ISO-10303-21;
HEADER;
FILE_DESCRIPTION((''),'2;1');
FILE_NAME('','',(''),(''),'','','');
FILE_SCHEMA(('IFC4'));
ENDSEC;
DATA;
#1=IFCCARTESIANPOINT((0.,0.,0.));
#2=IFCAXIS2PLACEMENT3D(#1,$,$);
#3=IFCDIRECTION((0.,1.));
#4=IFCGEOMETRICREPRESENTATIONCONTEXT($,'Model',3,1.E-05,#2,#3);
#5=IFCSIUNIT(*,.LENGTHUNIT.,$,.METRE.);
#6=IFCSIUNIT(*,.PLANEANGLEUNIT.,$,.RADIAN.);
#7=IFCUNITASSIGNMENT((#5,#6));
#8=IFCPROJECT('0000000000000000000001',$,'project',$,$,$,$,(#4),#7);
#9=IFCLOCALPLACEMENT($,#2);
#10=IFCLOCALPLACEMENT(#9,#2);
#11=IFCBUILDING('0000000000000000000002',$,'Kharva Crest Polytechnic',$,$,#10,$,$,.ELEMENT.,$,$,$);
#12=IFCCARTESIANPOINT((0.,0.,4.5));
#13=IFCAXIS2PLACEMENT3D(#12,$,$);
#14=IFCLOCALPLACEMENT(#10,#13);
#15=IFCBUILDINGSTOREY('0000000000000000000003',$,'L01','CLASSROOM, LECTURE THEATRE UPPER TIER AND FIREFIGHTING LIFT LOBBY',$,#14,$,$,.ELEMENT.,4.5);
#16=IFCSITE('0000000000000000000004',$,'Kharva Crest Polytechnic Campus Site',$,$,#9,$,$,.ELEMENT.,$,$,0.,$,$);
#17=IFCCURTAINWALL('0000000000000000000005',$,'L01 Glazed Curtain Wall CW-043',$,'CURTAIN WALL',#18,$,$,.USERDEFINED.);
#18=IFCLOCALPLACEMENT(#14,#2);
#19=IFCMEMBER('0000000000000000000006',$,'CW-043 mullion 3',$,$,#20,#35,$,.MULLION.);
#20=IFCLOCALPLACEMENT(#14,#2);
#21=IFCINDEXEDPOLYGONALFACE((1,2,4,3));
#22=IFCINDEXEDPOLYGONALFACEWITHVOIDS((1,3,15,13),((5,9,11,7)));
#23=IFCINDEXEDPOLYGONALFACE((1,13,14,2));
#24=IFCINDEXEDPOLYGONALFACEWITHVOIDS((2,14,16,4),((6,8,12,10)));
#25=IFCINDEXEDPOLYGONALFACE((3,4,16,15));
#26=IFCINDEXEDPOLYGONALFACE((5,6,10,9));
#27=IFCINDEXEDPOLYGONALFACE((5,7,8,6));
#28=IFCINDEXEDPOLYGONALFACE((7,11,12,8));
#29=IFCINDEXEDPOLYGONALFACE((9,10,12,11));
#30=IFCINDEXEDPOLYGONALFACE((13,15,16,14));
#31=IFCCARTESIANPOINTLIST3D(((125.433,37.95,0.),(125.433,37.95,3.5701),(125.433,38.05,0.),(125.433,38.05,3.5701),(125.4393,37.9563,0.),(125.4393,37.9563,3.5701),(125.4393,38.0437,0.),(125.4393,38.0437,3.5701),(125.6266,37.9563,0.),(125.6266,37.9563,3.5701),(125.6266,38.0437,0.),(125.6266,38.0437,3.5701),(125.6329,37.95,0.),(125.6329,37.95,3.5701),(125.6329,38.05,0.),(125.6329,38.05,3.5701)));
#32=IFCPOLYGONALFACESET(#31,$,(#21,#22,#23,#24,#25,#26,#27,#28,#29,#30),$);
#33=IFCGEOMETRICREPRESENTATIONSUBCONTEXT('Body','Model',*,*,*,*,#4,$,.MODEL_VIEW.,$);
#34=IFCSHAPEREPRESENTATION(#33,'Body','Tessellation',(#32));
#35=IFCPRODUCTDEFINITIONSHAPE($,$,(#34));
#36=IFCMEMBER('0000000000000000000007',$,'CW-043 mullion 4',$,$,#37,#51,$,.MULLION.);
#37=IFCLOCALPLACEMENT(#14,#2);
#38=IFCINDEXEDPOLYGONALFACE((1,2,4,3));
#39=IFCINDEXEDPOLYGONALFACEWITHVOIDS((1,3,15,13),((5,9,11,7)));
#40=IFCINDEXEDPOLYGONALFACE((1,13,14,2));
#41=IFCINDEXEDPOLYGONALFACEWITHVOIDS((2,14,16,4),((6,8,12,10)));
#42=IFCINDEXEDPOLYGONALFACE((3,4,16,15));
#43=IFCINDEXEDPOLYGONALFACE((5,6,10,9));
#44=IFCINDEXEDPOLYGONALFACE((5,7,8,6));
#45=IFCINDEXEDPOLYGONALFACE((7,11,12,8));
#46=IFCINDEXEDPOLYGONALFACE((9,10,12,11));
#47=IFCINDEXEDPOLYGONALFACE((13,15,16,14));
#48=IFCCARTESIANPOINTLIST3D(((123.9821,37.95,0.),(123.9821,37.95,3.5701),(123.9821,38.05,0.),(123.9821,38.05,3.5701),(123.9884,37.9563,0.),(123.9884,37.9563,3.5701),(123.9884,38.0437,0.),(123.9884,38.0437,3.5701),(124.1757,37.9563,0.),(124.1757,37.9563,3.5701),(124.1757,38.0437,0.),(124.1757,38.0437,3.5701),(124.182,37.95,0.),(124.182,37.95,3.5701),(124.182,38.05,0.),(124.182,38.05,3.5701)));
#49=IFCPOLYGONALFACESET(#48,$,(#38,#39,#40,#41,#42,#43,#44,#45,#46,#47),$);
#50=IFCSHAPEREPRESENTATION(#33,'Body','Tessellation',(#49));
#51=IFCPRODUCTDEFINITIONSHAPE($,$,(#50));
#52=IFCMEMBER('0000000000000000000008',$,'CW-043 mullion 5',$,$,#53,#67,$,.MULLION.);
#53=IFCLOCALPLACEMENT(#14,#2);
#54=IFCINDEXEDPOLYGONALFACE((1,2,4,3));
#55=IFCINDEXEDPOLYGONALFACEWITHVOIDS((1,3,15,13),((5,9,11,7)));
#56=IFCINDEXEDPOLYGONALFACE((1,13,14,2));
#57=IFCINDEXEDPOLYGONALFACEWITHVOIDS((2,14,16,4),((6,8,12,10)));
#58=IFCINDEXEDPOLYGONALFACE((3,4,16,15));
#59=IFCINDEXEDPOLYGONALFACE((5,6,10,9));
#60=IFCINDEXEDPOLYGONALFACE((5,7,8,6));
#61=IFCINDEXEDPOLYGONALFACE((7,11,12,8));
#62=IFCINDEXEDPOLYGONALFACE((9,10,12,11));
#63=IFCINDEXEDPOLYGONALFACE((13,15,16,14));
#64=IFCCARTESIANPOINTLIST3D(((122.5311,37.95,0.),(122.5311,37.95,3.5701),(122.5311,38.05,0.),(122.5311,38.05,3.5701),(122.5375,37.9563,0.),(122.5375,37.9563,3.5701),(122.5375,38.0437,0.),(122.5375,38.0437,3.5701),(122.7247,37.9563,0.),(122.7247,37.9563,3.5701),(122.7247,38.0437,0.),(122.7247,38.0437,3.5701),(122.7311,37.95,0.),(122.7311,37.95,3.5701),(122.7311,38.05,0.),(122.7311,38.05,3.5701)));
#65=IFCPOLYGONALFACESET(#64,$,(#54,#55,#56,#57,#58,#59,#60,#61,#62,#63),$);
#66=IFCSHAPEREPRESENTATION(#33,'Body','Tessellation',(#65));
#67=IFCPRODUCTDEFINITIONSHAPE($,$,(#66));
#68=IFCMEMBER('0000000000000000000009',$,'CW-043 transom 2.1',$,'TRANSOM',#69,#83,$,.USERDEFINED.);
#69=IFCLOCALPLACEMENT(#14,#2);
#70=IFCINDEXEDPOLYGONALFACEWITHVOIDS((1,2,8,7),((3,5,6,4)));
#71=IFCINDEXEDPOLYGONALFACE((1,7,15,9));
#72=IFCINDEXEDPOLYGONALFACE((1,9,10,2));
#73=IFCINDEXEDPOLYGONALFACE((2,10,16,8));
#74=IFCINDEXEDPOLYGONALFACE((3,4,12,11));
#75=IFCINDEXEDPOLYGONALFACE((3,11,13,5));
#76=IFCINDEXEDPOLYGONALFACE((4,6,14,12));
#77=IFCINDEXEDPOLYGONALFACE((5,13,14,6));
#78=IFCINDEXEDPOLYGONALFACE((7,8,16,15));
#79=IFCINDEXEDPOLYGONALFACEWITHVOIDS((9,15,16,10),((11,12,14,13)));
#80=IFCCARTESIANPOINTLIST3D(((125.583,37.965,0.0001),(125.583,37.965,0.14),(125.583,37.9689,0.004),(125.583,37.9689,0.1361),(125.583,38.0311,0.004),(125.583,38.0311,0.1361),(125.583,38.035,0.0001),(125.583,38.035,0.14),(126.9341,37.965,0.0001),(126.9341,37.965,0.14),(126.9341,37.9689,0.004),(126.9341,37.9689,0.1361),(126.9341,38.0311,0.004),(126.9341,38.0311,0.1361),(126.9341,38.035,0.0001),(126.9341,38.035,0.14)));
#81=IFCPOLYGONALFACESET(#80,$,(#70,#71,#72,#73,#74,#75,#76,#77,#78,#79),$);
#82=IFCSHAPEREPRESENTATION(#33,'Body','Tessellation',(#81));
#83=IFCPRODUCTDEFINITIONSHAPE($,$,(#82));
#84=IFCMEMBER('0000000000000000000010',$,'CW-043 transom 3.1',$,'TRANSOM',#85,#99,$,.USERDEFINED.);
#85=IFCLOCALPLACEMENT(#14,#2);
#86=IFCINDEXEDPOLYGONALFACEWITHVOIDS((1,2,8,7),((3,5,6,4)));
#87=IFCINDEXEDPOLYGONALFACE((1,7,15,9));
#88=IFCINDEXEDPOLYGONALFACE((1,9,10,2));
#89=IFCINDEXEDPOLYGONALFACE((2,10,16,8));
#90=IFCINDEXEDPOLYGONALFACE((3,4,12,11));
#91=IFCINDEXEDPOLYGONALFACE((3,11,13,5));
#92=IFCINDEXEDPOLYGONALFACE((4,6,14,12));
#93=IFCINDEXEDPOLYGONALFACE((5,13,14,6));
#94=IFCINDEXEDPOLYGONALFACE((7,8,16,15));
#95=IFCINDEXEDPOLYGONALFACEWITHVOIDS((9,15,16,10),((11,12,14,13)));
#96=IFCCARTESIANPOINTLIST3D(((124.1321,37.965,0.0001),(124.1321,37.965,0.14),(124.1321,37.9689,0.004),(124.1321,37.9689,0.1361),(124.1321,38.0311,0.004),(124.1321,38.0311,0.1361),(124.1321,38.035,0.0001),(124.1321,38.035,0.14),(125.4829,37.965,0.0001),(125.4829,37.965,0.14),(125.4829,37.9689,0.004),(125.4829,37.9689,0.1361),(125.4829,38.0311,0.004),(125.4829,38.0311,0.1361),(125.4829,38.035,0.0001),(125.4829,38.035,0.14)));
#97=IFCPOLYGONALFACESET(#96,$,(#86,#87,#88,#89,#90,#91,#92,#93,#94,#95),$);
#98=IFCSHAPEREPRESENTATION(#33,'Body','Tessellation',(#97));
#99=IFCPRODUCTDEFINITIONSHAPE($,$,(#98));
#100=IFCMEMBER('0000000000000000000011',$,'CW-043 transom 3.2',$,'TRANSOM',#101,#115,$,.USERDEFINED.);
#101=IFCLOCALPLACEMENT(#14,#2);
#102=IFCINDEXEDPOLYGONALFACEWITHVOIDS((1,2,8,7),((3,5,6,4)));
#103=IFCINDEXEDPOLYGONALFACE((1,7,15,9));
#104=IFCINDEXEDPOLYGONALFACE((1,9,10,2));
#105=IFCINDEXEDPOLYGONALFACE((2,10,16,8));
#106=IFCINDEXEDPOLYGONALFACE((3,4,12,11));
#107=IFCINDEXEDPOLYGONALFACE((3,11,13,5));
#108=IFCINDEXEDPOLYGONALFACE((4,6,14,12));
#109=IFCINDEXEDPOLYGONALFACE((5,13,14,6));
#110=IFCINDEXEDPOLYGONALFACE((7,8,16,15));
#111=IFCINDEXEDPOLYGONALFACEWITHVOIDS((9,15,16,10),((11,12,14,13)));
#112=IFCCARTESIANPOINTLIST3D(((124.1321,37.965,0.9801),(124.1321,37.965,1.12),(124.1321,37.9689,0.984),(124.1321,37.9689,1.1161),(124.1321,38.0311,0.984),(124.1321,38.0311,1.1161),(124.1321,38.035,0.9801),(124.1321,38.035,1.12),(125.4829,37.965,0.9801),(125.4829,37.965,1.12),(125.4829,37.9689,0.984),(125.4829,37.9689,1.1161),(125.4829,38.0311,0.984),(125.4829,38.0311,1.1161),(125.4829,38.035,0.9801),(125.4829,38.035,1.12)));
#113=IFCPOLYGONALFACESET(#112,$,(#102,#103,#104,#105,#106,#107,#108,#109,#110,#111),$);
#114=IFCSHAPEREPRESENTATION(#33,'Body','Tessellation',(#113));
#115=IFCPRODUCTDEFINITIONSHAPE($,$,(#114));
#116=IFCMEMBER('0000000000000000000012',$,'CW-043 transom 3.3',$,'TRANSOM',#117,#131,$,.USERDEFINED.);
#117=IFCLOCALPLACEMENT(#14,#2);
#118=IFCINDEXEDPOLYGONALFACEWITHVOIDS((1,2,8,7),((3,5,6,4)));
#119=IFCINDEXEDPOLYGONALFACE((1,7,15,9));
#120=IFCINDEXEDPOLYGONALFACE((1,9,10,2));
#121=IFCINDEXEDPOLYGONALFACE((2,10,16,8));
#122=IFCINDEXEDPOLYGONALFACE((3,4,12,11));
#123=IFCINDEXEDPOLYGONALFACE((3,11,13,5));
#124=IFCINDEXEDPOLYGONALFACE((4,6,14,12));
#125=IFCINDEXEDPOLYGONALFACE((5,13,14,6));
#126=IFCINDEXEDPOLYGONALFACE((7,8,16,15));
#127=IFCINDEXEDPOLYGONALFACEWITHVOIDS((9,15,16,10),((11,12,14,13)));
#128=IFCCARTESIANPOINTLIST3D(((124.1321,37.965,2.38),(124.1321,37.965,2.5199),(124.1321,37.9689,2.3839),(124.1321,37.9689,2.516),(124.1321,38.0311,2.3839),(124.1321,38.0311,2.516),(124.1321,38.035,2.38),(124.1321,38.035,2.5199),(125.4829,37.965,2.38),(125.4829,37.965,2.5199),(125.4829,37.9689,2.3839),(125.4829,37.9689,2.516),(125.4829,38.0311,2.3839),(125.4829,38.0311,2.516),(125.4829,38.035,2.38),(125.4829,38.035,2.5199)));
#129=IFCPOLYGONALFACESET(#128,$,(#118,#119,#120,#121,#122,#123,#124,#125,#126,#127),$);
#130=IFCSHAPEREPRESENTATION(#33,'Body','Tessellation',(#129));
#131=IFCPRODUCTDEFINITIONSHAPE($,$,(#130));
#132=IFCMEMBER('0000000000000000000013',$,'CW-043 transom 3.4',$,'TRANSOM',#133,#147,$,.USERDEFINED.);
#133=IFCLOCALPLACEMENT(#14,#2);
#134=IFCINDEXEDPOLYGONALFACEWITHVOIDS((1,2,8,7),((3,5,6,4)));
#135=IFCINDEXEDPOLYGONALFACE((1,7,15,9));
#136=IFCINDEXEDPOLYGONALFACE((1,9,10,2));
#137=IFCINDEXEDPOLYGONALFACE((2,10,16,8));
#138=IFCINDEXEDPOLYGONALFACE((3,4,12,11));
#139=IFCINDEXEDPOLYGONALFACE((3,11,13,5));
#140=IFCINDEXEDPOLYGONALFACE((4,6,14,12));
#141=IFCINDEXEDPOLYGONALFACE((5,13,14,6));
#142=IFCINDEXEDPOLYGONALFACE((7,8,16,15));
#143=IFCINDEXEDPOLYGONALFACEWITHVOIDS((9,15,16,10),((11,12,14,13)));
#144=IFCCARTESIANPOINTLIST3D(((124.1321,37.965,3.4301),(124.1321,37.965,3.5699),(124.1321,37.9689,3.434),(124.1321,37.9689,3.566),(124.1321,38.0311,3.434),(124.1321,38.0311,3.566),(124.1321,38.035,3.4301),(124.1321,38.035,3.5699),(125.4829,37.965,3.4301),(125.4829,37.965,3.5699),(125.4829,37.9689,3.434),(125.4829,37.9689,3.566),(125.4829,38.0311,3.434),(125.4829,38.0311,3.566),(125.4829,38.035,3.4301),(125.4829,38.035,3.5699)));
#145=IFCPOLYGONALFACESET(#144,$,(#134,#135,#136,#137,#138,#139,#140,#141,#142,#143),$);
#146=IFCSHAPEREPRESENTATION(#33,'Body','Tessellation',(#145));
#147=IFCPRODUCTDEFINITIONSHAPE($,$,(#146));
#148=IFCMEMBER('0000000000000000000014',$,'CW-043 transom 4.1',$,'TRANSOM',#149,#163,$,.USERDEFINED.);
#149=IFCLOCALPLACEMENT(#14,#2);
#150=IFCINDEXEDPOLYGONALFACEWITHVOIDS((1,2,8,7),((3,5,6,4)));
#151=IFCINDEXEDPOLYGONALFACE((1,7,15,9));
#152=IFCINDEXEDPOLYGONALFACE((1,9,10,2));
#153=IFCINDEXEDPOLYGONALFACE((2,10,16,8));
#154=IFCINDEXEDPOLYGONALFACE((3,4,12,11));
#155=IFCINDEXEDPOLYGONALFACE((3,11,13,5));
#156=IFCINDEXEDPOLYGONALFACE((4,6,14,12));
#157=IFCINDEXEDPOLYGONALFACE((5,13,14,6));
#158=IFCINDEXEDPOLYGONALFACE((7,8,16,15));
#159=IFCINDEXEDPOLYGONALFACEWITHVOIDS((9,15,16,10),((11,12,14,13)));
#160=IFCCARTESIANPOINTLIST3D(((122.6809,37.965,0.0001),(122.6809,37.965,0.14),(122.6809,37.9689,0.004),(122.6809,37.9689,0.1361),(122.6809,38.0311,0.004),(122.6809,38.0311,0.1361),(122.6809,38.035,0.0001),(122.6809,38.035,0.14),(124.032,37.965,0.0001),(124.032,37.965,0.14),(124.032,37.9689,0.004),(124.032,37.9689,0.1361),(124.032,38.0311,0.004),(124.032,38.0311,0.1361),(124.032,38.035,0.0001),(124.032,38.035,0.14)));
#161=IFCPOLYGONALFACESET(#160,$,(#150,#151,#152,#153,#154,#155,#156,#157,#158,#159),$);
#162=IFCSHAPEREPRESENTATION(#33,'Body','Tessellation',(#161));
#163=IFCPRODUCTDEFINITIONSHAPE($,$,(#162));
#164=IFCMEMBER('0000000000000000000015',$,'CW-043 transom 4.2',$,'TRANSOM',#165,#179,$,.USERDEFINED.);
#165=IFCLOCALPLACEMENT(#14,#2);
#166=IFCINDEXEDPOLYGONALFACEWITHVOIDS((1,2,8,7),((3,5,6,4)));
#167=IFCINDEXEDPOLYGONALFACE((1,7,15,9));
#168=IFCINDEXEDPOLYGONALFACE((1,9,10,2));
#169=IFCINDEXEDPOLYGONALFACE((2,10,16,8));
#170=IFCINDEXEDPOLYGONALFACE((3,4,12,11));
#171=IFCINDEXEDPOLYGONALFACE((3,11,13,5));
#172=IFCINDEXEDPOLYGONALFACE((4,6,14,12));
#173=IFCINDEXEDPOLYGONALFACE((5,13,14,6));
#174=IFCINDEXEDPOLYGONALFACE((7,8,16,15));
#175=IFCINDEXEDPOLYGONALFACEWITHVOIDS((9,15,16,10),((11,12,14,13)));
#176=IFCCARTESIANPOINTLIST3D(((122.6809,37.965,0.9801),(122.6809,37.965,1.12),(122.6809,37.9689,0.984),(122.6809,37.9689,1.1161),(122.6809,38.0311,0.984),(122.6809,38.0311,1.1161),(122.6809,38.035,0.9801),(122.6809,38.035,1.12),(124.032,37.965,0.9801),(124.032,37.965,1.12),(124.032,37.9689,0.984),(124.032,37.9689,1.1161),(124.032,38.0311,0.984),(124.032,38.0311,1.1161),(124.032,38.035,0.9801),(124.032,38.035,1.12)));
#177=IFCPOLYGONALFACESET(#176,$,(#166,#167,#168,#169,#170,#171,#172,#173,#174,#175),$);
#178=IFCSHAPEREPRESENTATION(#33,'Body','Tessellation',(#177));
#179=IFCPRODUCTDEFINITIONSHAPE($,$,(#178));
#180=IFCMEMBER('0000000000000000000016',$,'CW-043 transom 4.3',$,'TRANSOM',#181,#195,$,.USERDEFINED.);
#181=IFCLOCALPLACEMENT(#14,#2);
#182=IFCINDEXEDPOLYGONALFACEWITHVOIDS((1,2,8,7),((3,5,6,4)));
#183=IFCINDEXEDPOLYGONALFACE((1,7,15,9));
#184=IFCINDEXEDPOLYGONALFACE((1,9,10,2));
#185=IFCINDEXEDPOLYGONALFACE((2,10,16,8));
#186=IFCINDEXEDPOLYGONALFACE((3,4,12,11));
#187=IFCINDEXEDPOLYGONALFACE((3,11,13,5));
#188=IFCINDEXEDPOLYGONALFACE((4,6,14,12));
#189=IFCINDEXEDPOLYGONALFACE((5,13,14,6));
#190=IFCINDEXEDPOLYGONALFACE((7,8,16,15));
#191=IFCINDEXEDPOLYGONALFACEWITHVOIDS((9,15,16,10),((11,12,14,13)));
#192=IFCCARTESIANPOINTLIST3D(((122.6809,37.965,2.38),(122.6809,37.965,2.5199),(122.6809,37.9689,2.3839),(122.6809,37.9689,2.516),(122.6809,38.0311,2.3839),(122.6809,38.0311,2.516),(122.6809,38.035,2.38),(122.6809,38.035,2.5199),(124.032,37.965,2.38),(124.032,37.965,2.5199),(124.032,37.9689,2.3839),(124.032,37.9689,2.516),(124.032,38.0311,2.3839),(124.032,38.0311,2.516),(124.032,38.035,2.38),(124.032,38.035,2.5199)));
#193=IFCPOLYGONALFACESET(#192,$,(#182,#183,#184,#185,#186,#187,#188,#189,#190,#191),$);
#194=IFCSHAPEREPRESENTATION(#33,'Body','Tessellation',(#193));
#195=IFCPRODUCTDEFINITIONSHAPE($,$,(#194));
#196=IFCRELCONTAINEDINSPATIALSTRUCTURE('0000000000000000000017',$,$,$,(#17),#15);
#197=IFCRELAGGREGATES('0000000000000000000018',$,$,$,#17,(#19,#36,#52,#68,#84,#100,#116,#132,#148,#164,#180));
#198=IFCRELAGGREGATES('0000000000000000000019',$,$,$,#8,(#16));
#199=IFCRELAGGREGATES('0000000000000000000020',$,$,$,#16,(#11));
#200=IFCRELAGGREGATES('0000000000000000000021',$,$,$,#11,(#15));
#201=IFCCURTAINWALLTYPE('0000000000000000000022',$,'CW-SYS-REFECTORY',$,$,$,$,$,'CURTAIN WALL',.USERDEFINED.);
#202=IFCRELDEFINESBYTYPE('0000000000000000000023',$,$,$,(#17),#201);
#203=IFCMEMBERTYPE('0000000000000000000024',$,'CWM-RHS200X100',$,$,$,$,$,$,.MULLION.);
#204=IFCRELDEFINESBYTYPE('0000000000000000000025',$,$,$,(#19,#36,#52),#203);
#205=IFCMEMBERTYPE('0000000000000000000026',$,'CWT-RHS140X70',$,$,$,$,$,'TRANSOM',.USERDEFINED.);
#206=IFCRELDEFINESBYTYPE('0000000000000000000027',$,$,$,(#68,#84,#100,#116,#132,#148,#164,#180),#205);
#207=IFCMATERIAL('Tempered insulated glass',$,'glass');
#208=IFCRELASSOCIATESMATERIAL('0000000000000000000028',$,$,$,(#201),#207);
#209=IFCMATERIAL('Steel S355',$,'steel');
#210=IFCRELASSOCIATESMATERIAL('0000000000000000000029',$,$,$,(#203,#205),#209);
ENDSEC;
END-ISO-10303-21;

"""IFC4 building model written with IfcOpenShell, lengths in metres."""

from ifc_helpers import new_model, si_unit, direction, frame, origin, origin_2d, place, context, subcontext, project, spatial, hollow_rectangle, extrude, material, material_profile, profile_set, type_object, element, aggregate, save


model = new_model("IFC4")

# Units and contexts
model_context = context("Model", 3, precision=1e-05, world=origin(), true_north=direction((0.0, 1.0)))
body_context = subcontext(model_context, "Body", "Model", "MODEL_VIEW")
ifc_project = project(units=[si_unit("LENGTHUNIT", "METRE"), si_unit("PLANEANGLEUNIT", "RADIAN")], contexts=[model_context])

# Site, building, storey
site_placement = place(None, origin())
site = spatial("IfcSite", under=ifc_project, at=site_placement, Name="Kharva Crest Polytechnic Campus Site", CompositionType="ELEMENT", RefElevation=0.0)
building_placement = place(site_placement, origin())
building = spatial("IfcBuilding", under=site, at=building_placement, Name="Kharva Crest Polytechnic", CompositionType="ELEMENT")
storey_placement = place(building_placement, frame((0.0, 0.0, 4.5)))
storey = spatial("IfcBuildingStorey", under=building, at=storey_placement, Name="L01", Description="CLASSROOM, LECTURE THEATRE UPPER TIER AND FIREFIGHTING LIFT LOBBY", CompositionType="ELEMENT", Elevation=4.5)

# Curtain wall, members
ifc_material_1 = material(Name="Tempered insulated glass", Category="glass")
curtain_wall_type = type_object("IfcCurtainWallType", Name="CW-SYS-REFECTORY", ElementType="CURTAIN WALL", PredefinedType="USERDEFINED", material=ifc_material_1)
curtain_wall_placement = place(storey_placement, origin())
curtain_wall = element("IfcCurtainWall", 1, at=curtain_wall_placement, inside=storey, type_object=curtain_wall_type, Name="L01 Glazed Curtain Wall CW-043", ObjectType="CURTAIN WALL", PredefinedType="USERDEFINED")
ifc_material_2 = material(Name="Steel S355", Category="steel")
ifc_material_profile_1 = material_profile(ifc_material_2, hollow_rectangle(XDim=0.1001, YDim=0.2, WallThickness=0.0063, at=origin_2d()), Name="RHS 200X100X6.3")
ifc_profile_set_1 = profile_set([ifc_material_profile_1], Name="Steel S355")
member_type_1 = type_object("IfcMemberType", Name="CWM-RHS200X100", PredefinedType="MULLION", material=ifc_profile_set_1)
member_1_placement = place(storey_placement, frame((125.533, 38.0, 0.0), z_axis=(0.0, 0.0, 1.0), x_axis=(0.0, -1.0, 0.0)))
member_1 = element("IfcMember", 2, at=member_1_placement, type_object=member_type_1, Name="CW-043 mullion 3", PredefinedType="MULLION", context=body_context, shape_type="SweptSolid", body=[
    extrude(hollow_rectangle(XDim=0.1001, YDim=0.2, WallThickness=0.0063, at=origin_2d()), origin(), (0.0, 0.0, 1.0), 3.5701),
])
member_2_placement = place(storey_placement, frame((124.082, 38.0, 0.0), z_axis=(0.0, 0.0, 1.0), x_axis=(0.0, -1.0, 0.0)))
member_2 = element("IfcMember", 3, at=member_2_placement, type_object=member_type_1, Name="CW-043 mullion 4", PredefinedType="MULLION", context=body_context, shape_type="SweptSolid", body=[
    extrude(hollow_rectangle(XDim=0.1001, YDim=0.2, WallThickness=0.0063, at=origin_2d()), origin(), (0.0, 0.0, 1.0), 3.5701),
])
member_3_placement = place(storey_placement, frame((122.6311, 38.0, 0.0), z_axis=(0.0, 0.0, 1.0), x_axis=(0.0, -1.0, 0.0)))
member_3 = element("IfcMember", 4, at=member_3_placement, type_object=member_type_1, Name="CW-043 mullion 5", PredefinedType="MULLION", context=body_context, shape_type="SweptSolid", body=[
    extrude(hollow_rectangle(XDim=0.1001, YDim=0.2, WallThickness=0.0063, at=origin_2d()), origin(), (0.0, 0.0, 1.0), 3.5701),
])
ifc_material_profile_2 = material_profile(ifc_material_2, hollow_rectangle(XDim=0.0701, YDim=0.1399, WallThickness=0.0039, at=origin_2d()), Name="RHS 140X70X4.0")
ifc_profile_set_2 = profile_set([ifc_material_profile_2], Name="Steel S355")
member_type_2 = type_object("IfcMemberType", Name="CWT-RHS140X70", ElementType="TRANSOM", PredefinedType="USERDEFINED", material=ifc_profile_set_2)
member_4_placement = place(storey_placement, frame((126.9341, 38.0, 0.0701), z_axis=(-1.0, 0.0, 0.0), x_axis=(0.0, -1.0, 0.0)))
member_4 = element("IfcMember", 5, at=member_4_placement, type_object=member_type_2, Name="CW-043 transom 2.1", ObjectType="TRANSOM", PredefinedType="USERDEFINED", context=body_context, shape_type="SweptSolid", body=[
    extrude(hollow_rectangle(XDim=0.0701, YDim=0.1399, WallThickness=0.0039, at=origin_2d()), origin(), (0.0, 0.0, 1.0), 1.3511),
])
member_5_placement = place(storey_placement, frame((125.4829, 38.0, 0.0701), z_axis=(-1.0, 0.0, 0.0), x_axis=(0.0, -1.0, 0.0)))
member_5 = element("IfcMember", 6, at=member_5_placement, type_object=member_type_2, Name="CW-043 transom 3.1", ObjectType="TRANSOM", PredefinedType="USERDEFINED", context=body_context, shape_type="SweptSolid", body=[
    extrude(hollow_rectangle(XDim=0.0701, YDim=0.1399, WallThickness=0.0039, at=origin_2d()), origin(), (0.0, 0.0, 1.0), 1.3508),
])
member_6_placement = place(storey_placement, frame((125.4829, 38.0, 1.05), z_axis=(-1.0, 0.0, 0.0), x_axis=(0.0, -1.0, 0.0)))
member_6 = element("IfcMember", 7, at=member_6_placement, type_object=member_type_2, Name="CW-043 transom 3.2", ObjectType="TRANSOM", PredefinedType="USERDEFINED", context=body_context, shape_type="SweptSolid", body=[
    extrude(hollow_rectangle(XDim=0.0701, YDim=0.1399, WallThickness=0.0039, at=origin_2d()), origin(), (0.0, 0.0, 1.0), 1.3508),
])
member_7_placement = place(storey_placement, frame((125.4829, 38.0, 2.45), z_axis=(-1.0, 0.0, 0.0), x_axis=(0.0, -1.0, 0.0)))
member_7 = element("IfcMember", 8, at=member_7_placement, type_object=member_type_2, Name="CW-043 transom 3.3", ObjectType="TRANSOM", PredefinedType="USERDEFINED", context=body_context, shape_type="SweptSolid", body=[
    extrude(hollow_rectangle(XDim=0.0701, YDim=0.1399, WallThickness=0.0039, at=origin_2d()), origin(), (0.0, 0.0, 1.0), 1.3508),
])
member_8_placement = place(storey_placement, frame((125.4829, 38.0, 3.5), z_axis=(-1.0, 0.0, 0.0), x_axis=(0.0, -1.0, 0.0)))
member_8 = element("IfcMember", 9, at=member_8_placement, type_object=member_type_2, Name="CW-043 transom 3.4", ObjectType="TRANSOM", PredefinedType="USERDEFINED", context=body_context, shape_type="SweptSolid", body=[
    extrude(hollow_rectangle(XDim=0.0701, YDim=0.1399, WallThickness=0.0039, at=origin_2d()), origin(), (0.0, 0.0, 1.0), 1.3508),
])
member_9_placement = place(storey_placement, frame((124.032, 38.0, 0.0701), z_axis=(-1.0, 0.0, 0.0), x_axis=(0.0, -1.0, 0.0)))
member_9 = element("IfcMember", 10, at=member_9_placement, type_object=member_type_2, Name="CW-043 transom 4.1", ObjectType="TRANSOM", PredefinedType="USERDEFINED", context=body_context, shape_type="SweptSolid", body=[
    extrude(hollow_rectangle(XDim=0.0701, YDim=0.1399, WallThickness=0.0039, at=origin_2d()), origin(), (0.0, 0.0, 1.0), 1.3511),
])
member_10_placement = place(storey_placement, frame((124.032, 38.0, 1.05), z_axis=(-1.0, 0.0, 0.0), x_axis=(0.0, -1.0, 0.0)))
member_10 = element("IfcMember", 11, at=member_10_placement, type_object=member_type_2, Name="CW-043 transom 4.2", ObjectType="TRANSOM", PredefinedType="USERDEFINED", context=body_context, shape_type="SweptSolid", body=[
    extrude(hollow_rectangle(XDim=0.0701, YDim=0.1399, WallThickness=0.0039, at=origin_2d()), origin(), (0.0, 0.0, 1.0), 1.3511),
])
member_11_placement = place(storey_placement, frame((124.032, 38.0, 2.45), z_axis=(-1.0, 0.0, 0.0), x_axis=(0.0, -1.0, 0.0)))
member_11 = element("IfcMember", 12, at=member_11_placement, type_object=member_type_2, Name="CW-043 transom 4.3", ObjectType="TRANSOM", PredefinedType="USERDEFINED", context=body_context, shape_type="SweptSolid", body=[
    extrude(hollow_rectangle(XDim=0.0701, YDim=0.1399, WallThickness=0.0039, at=origin_2d()), origin(), (0.0, 0.0, 1.0), 1.3511),
])
aggregate(curtain_wall, [member_1, member_2, member_3, member_4, member_5, member_6, member_7, member_8, member_9, member_10, member_11])

save(model, "model.ifc")
